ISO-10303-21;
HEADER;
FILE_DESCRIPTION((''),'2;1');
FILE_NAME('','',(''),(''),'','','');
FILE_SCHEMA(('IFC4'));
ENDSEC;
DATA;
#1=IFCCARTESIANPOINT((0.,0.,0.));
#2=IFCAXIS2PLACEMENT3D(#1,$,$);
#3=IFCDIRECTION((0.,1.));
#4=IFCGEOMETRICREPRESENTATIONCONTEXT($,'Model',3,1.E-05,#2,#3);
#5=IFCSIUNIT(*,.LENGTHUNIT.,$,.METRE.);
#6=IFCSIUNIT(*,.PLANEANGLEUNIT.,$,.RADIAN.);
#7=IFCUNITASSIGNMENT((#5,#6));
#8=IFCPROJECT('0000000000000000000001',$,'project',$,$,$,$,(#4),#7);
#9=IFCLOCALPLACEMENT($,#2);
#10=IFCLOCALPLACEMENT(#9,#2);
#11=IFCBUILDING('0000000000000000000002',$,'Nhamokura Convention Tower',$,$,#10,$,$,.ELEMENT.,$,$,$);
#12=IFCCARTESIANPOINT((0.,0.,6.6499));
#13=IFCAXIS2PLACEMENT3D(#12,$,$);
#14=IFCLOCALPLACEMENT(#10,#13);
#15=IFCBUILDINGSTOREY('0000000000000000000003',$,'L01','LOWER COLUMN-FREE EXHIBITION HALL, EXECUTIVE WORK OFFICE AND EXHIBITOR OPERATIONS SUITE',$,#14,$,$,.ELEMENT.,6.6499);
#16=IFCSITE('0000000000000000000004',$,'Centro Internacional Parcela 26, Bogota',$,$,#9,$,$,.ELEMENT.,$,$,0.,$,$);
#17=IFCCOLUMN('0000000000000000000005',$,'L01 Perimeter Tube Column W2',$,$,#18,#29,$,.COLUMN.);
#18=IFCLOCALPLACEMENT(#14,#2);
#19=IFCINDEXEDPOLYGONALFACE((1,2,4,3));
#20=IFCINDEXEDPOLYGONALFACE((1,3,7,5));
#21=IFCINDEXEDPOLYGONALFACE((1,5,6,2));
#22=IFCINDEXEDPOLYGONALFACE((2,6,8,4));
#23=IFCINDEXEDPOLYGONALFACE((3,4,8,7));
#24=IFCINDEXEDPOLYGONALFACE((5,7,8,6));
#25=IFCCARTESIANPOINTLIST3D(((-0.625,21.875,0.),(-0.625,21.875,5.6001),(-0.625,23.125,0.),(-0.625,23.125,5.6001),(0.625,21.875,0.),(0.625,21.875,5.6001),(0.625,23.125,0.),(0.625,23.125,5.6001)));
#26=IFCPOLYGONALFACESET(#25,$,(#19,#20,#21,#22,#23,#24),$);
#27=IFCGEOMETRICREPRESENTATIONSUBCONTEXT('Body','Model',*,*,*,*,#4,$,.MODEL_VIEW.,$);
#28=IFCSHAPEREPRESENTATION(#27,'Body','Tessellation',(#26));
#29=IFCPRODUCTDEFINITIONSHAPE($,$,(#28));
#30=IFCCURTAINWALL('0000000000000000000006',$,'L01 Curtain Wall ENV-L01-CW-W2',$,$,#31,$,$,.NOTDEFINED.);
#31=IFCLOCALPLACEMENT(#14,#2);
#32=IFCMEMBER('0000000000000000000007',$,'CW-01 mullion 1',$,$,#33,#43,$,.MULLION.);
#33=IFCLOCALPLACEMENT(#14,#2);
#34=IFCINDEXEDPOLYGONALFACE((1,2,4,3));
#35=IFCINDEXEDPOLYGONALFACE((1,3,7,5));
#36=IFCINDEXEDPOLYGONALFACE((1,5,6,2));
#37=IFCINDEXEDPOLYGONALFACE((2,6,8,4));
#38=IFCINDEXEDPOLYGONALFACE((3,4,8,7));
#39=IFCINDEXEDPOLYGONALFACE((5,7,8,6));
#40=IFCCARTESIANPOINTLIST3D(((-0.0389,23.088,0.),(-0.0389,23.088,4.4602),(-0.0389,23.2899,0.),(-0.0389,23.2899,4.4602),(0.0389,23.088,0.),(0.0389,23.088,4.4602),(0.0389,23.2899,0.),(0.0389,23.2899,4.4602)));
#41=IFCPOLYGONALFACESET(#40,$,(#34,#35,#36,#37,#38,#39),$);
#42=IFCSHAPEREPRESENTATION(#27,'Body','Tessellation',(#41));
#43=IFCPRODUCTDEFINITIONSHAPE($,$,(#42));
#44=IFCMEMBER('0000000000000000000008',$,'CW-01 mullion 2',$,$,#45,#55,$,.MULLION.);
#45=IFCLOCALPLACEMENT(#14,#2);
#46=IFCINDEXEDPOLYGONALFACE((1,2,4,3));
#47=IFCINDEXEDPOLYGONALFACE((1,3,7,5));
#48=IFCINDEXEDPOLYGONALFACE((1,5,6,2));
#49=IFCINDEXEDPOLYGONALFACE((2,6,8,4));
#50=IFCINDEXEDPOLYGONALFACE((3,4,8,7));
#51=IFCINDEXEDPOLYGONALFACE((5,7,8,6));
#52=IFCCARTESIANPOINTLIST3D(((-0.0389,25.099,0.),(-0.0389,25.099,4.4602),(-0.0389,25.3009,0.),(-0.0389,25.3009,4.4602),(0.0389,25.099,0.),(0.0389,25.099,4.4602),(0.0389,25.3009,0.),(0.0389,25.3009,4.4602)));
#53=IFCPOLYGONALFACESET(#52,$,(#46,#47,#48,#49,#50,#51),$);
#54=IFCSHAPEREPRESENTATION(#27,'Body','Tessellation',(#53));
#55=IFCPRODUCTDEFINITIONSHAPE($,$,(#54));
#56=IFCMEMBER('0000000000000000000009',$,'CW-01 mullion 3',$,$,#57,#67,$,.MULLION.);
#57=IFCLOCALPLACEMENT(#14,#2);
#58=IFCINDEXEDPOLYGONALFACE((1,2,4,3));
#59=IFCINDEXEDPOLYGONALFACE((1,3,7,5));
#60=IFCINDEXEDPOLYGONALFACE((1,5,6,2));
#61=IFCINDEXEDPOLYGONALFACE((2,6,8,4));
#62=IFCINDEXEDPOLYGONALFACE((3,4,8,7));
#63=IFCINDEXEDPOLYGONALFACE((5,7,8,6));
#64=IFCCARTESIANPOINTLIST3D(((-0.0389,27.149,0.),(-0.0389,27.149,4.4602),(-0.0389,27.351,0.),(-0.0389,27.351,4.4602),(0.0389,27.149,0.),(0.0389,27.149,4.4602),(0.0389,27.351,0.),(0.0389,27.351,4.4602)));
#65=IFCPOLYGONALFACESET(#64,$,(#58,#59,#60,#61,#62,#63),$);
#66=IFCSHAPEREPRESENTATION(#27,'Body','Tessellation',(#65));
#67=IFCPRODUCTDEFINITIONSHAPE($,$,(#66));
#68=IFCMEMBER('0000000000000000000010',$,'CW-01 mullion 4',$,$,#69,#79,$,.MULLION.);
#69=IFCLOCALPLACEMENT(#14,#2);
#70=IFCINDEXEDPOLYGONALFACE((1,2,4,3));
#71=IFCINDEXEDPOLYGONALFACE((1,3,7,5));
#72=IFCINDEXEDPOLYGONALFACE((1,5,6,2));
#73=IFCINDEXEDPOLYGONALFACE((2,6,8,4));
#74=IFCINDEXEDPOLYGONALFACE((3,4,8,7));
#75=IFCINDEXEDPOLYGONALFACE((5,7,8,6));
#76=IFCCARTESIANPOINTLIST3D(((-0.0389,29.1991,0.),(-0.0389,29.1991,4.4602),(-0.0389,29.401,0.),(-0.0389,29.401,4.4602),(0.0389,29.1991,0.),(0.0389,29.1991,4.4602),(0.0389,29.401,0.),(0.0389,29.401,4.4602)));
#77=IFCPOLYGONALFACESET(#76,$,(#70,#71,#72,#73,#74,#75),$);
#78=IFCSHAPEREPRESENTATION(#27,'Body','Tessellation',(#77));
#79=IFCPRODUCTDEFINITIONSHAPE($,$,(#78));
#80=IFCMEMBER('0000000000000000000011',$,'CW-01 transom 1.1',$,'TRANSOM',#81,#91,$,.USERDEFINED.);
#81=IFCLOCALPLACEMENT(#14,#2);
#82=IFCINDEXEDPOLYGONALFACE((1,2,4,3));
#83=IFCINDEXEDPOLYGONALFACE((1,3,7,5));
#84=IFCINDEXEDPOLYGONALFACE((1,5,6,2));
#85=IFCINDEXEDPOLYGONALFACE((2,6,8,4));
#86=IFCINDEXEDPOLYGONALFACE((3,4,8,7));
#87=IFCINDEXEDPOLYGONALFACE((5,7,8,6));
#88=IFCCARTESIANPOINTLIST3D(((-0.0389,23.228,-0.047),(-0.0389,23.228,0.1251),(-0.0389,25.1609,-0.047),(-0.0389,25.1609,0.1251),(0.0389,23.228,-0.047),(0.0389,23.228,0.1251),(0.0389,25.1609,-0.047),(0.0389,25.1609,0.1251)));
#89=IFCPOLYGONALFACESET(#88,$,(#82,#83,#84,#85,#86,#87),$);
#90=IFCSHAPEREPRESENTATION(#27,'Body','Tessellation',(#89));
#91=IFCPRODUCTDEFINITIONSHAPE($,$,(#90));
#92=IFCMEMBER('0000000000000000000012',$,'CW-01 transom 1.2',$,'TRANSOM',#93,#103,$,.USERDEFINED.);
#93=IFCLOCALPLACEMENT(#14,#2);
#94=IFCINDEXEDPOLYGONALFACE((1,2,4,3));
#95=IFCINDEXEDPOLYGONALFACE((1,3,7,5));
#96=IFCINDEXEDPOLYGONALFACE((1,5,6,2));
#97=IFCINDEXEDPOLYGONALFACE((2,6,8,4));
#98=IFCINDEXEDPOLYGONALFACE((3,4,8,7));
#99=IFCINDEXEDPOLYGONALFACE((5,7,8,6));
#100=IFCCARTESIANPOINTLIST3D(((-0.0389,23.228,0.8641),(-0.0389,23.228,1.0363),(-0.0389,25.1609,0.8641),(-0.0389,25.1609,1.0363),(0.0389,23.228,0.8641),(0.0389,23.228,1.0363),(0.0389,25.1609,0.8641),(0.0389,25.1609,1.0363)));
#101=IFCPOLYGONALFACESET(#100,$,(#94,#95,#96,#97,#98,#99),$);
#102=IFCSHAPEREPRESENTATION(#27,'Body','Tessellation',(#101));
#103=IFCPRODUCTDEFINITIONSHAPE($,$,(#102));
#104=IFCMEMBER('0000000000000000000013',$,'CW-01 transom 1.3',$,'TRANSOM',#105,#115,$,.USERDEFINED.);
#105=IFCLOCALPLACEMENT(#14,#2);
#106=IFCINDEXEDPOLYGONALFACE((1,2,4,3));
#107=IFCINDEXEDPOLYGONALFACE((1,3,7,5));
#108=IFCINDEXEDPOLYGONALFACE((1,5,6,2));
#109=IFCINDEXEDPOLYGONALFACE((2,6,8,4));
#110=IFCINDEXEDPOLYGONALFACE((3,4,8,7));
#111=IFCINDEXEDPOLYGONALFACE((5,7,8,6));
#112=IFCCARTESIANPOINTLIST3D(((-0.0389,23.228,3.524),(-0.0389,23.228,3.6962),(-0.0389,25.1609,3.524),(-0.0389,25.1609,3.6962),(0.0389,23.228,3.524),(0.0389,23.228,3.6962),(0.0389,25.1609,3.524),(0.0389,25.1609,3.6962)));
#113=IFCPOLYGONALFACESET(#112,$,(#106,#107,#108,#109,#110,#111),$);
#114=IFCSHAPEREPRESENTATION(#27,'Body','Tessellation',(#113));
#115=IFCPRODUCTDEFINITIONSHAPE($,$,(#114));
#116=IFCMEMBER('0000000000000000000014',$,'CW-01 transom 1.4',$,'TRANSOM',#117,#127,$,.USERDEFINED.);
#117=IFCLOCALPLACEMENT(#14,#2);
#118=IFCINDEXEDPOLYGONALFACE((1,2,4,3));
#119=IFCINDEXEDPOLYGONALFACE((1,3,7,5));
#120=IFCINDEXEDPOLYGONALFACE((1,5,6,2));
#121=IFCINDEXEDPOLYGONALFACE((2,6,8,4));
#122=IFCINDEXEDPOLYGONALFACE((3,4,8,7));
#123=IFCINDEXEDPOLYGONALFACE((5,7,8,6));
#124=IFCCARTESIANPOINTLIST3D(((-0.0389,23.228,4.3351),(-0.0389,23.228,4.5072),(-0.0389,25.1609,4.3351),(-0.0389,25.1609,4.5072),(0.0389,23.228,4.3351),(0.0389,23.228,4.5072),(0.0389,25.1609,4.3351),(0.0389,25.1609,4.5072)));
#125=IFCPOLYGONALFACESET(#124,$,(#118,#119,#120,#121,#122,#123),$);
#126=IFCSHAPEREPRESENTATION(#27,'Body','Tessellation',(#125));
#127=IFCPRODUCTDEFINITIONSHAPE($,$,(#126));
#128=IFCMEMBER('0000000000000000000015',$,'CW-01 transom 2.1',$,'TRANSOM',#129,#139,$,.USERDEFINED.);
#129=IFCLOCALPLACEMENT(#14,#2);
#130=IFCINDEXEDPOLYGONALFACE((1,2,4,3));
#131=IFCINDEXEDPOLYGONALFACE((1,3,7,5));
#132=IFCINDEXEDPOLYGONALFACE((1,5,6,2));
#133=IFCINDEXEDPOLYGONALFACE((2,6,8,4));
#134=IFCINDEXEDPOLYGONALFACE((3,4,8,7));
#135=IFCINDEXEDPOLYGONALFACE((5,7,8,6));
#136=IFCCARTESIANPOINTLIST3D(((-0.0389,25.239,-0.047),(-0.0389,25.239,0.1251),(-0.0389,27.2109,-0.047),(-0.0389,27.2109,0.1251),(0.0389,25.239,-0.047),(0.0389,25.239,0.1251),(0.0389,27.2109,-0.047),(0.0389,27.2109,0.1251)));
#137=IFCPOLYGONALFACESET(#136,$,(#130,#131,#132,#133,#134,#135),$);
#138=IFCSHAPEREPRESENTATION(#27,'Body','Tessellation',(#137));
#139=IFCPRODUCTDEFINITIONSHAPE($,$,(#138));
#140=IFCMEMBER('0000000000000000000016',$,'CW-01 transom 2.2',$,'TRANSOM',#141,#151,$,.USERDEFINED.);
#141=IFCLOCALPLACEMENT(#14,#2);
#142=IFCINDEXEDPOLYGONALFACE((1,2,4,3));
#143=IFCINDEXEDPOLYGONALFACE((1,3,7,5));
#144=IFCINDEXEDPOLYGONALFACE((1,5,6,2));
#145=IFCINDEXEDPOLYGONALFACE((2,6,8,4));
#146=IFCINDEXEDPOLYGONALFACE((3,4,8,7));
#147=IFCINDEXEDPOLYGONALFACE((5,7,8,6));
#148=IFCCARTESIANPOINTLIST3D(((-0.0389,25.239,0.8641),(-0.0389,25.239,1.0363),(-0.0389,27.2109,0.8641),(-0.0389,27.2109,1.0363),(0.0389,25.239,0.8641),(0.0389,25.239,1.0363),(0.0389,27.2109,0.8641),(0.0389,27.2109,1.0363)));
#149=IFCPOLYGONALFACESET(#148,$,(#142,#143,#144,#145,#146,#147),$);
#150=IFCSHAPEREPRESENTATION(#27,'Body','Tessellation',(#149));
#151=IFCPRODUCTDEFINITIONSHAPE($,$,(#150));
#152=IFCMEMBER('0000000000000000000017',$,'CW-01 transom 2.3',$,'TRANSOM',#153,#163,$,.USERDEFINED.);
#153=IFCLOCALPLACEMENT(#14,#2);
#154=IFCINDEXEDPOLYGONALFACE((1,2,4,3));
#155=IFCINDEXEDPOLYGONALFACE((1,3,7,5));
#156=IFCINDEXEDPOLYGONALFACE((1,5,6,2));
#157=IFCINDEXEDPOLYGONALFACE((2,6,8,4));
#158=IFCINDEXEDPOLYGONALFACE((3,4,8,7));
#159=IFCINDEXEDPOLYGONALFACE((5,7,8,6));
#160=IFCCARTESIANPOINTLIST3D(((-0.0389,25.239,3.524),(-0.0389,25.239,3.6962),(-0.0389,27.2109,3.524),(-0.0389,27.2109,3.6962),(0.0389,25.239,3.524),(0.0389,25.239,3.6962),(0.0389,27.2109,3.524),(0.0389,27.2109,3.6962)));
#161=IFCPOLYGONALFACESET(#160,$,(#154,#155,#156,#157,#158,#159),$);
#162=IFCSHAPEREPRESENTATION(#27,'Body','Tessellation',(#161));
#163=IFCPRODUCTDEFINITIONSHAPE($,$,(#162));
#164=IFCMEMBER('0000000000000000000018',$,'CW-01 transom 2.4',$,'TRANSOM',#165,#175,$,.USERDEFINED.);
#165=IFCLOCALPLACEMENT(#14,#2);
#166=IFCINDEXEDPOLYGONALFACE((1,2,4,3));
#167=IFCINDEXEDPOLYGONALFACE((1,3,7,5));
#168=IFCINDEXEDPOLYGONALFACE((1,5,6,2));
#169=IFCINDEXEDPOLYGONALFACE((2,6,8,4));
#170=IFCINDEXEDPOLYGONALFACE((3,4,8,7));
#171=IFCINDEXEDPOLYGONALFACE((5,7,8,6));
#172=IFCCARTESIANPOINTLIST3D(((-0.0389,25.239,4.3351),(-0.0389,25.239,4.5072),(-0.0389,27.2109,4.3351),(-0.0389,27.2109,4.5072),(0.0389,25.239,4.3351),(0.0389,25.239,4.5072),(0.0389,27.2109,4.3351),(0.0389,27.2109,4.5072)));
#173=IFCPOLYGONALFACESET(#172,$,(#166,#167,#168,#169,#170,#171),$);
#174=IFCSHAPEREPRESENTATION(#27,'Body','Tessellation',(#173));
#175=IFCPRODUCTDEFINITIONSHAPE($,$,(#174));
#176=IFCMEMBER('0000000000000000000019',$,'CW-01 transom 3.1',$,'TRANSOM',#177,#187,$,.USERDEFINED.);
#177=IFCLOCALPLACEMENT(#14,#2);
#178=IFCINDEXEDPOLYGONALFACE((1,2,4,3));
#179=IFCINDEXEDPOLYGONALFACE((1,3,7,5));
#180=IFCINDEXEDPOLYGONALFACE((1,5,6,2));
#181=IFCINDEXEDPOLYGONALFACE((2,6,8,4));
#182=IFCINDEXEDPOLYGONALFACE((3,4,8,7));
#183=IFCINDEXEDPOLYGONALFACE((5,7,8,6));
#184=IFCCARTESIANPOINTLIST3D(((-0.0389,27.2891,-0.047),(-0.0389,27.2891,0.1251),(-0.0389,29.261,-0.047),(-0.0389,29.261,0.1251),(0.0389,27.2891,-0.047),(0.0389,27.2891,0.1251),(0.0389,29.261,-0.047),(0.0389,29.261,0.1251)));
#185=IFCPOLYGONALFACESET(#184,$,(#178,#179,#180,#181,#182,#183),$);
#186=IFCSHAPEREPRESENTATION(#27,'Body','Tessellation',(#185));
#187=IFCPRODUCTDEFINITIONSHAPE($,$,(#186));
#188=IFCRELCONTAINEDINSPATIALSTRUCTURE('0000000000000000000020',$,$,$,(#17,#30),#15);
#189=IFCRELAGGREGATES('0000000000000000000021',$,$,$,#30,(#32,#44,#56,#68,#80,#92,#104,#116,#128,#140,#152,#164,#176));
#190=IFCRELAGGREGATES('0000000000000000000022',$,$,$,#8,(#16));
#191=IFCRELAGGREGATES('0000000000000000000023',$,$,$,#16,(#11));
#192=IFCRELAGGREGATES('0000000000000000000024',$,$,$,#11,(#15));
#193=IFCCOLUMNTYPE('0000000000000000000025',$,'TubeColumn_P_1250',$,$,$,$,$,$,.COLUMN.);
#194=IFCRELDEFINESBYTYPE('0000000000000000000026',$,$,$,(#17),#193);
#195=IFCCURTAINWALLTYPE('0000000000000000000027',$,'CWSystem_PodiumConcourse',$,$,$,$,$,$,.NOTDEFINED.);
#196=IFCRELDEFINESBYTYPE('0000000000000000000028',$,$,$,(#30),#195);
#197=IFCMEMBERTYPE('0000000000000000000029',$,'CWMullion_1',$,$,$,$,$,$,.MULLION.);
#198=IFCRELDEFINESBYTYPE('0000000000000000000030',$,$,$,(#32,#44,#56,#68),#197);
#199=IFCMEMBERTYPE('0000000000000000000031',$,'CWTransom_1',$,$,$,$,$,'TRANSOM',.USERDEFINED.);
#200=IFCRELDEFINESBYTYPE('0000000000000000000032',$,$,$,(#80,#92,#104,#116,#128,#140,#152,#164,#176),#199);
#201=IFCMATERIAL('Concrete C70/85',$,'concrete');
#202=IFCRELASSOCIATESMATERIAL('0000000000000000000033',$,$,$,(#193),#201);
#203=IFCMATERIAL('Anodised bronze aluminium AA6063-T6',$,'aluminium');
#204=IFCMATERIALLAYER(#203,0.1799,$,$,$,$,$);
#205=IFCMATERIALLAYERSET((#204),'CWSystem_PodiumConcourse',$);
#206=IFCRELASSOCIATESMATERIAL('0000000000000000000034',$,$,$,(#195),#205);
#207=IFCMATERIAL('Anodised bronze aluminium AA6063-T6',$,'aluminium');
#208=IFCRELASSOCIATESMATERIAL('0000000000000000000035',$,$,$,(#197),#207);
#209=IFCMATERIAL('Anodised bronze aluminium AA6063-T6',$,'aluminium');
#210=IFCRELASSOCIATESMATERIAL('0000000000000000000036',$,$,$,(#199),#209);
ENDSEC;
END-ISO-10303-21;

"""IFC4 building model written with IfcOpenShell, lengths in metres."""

from ifc_helpers import new_model, si_unit, direction, frame, origin, origin_2d, place, context, subcontext, project, spatial, rectangle, extrude, material, layer, layer_set, material_profile, profile_set, type_object, element, aggregate, save


model = new_model("IFC4")

# Units and contexts
model_context = context("Model", 3, precision=1e-05, world=origin(), true_north=direction((0.0, 1.0)))
body_context = subcontext(model_context, "Body", "Model", "MODEL_VIEW")
ifc_project = project(units=[si_unit("LENGTHUNIT", "METRE"), si_unit("PLANEANGLEUNIT", "RADIAN")], contexts=[model_context])

# Site, building, storey
site_placement = place(None, origin())
site = spatial("IfcSite", under=ifc_project, at=site_placement, Name="Centro Internacional Parcela 26, Bogota", CompositionType="ELEMENT", RefElevation=0.0)
building_placement = place(site_placement, origin())
building = spatial("IfcBuilding", under=site, at=building_placement, Name="Nhamokura Convention Tower", CompositionType="ELEMENT")
storey_placement = place(building_placement, frame((0.0, 0.0, 6.6499)))
storey = spatial("IfcBuildingStorey", under=building, at=storey_placement, Name="L01", Description="LOWER COLUMN-FREE EXHIBITION HALL, EXECUTIVE WORK OFFICE AND EXHIBITOR OPERATIONS SUITE", CompositionType="ELEMENT", Elevation=6.6499)

# Column
ifc_material_1 = material(Name="Concrete C70/85", Category="concrete")
ifc_material_profile_1 = material_profile(ifc_material_1, rectangle(XDim=1.25, YDim=1.25, at=origin_2d()))
ifc_profile_set_1 = profile_set([ifc_material_profile_1], Name="Concrete C70/85")
column_type = type_object("IfcColumnType", Name="TubeColumn_P_1250", PredefinedType="COLUMN", material=ifc_profile_set_1)
column_placement = place(storey_placement, frame((0.0, 22.5, 0.0), z_axis=(0.0, 0.0, 1.0), x_axis=(1.0, 0.0, 0.0)))
element("IfcColumn", 1, at=column_placement, inside=storey, type_object=column_type, Name="L01 Perimeter Tube Column W2", PredefinedType="COLUMN", context=body_context, shape_type="SweptSolid", body=[
    extrude(rectangle(XDim=1.25, YDim=1.25, at=origin_2d()), origin(), (0.0, 0.0, 1.0), 5.6001),
])

# Curtain wall, members
ifc_material_2 = material(Name="Anodised bronze aluminium AA6063-T6", Category="aluminium")
ifc_layer_1 = layer(ifc_material_2, 0.1799)
ifc_layer_set_1 = layer_set([ifc_layer_1], Name="CWSystem_PodiumConcourse")
curtain_wall_type = type_object("IfcCurtainWallType", Name="CWSystem_PodiumConcourse", PredefinedType="NOTDEFINED", material=ifc_layer_set_1)
curtain_wall_placement = place(storey_placement, origin())
curtain_wall = element("IfcCurtainWall", 2, at=curtain_wall_placement, inside=storey, type_object=curtain_wall_type, Name="L01 Curtain Wall ENV-L01-CW-W2", PredefinedType="NOTDEFINED")
ifc_material_3 = material(Name="Anodised bronze aluminium AA6063-T6", Category="aluminium")
ifc_material_profile_2 = material_profile(ifc_material_3, rectangle(XDim=0.0779, YDim=0.2019, at=origin_2d()))
ifc_profile_set_2 = profile_set([ifc_material_profile_2], Name="Anodised bronze aluminium AA6063-T6")
member_type_1 = type_object("IfcMemberType", Name="CWMullion_1", PredefinedType="MULLION", material=ifc_profile_set_2)
member_1_placement = place(storey_placement, frame((0.0, 23.189, 0.0), z_axis=(0.0, 0.0, 1.0), x_axis=(-1.0, 0.0, 0.0)))
member_1 = element("IfcMember", 3, at=member_1_placement, type_object=member_type_1, Name="CW-01 mullion 1", PredefinedType="MULLION", context=body_context, shape_type="SweptSolid", body=[
    extrude(rectangle(XDim=0.0779, YDim=0.2019, at=origin_2d()), origin(), (0.0, 0.0, 1.0), 4.4602),
])
member_2_placement = place(storey_placement, frame((0.0, 25.2, 0.0), z_axis=(0.0, 0.0, 1.0), x_axis=(-1.0, 0.0, 0.0)))
member_2 = element("IfcMember", 4, at=member_2_placement, type_object=member_type_1, Name="CW-01 mullion 2", PredefinedType="MULLION", context=body_context, shape_type="SweptSolid", body=[
    extrude(rectangle(XDim=0.0779, YDim=0.2019, at=origin_2d()), origin(), (0.0, 0.0, 1.0), 4.4602),
])
member_3_placement = place(storey_placement, frame((0.0, 27.25, 0.0), z_axis=(0.0, 0.0, 1.0), x_axis=(-1.0, 0.0, 0.0)))
member_3 = element("IfcMember", 5, at=member_3_placement, type_object=member_type_1, Name="CW-01 mullion 3", PredefinedType="MULLION", context=body_context, shape_type="SweptSolid", body=[
    extrude(rectangle(XDim=0.0779, YDim=0.2019, at=origin_2d()), origin(), (0.0, 0.0, 1.0), 4.4602),
])
member_4_placement = place(storey_placement, frame((0.0, 29.3, 0.0), z_axis=(0.0, 0.0, 1.0), x_axis=(-1.0, 0.0, 0.0)))
member_4 = element("IfcMember", 6, at=member_4_placement, type_object=member_type_1, Name="CW-01 mullion 4", PredefinedType="MULLION", context=body_context, shape_type="SweptSolid", body=[
    extrude(rectangle(XDim=0.0779, YDim=0.2019, at=origin_2d()), origin(), (0.0, 0.0, 1.0), 4.4602),
])
ifc_material_4 = material(Name="Anodised bronze aluminium AA6063-T6", Category="aluminium")
ifc_material_profile_3 = material_profile(ifc_material_4, rectangle(XDim=0.0779, YDim=0.1721, at=origin_2d()))
ifc_profile_set_3 = profile_set([ifc_material_profile_3], Name="Anodised bronze aluminium AA6063-T6")
member_type_2 = type_object("IfcMemberType", Name="CWTransom_1", ElementType="TRANSOM", PredefinedType="USERDEFINED", material=ifc_profile_set_3)
member_5_placement = place(storey_placement, frame((0.0, 23.228, 0.0391), z_axis=(0.0, 1.0, 0.0), x_axis=(-1.0, 0.0, 0.0)))
member_5 = element("IfcMember", 7, at=member_5_placement, type_object=member_type_2, Name="CW-01 transom 1.1", ObjectType="TRANSOM", PredefinedType="USERDEFINED", context=body_context, shape_type="SweptSolid", body=[
    extrude(rectangle(XDim=0.0779, YDim=0.1721, at=origin_2d()), origin(), (0.0, 0.0, 1.0), 1.9329),
])
member_6_placement = place(storey_placement, frame((0.0, 23.228, 0.9502), z_axis=(0.0, 1.0, 0.0), x_axis=(-1.0, 0.0, 0.0)))
member_6 = element("IfcMember", 8, at=member_6_placement, type_object=member_type_2, Name="CW-01 transom 1.2", ObjectType="TRANSOM", PredefinedType="USERDEFINED", context=body_context, shape_type="SweptSolid", body=[
    extrude(rectangle(XDim=0.0779, YDim=0.1721, at=origin_2d()), origin(), (0.0, 0.0, 1.0), 1.9329),
])
member_7_placement = place(storey_placement, frame((0.0, 23.228, 3.6101), z_axis=(0.0, 1.0, 0.0), x_axis=(-1.0, 0.0, 0.0)))
member_7 = element("IfcMember", 9, at=member_7_placement, type_object=member_type_2, Name="CW-01 transom 1.3", ObjectType="TRANSOM", PredefinedType="USERDEFINED", context=body_context, shape_type="SweptSolid", body=[
    extrude(rectangle(XDim=0.0779, YDim=0.1721, at=origin_2d()), origin(), (0.0, 0.0, 1.0), 1.9329),
])
member_8_placement = place(storey_placement, frame((0.0, 23.228, 4.4211), z_axis=(0.0, 1.0, 0.0), x_axis=(-1.0, 0.0, 0.0)))
member_8 = element("IfcMember", 10, at=member_8_placement, type_object=member_type_2, Name="CW-01 transom 1.4", ObjectType="TRANSOM", PredefinedType="USERDEFINED", context=body_context, shape_type="SweptSolid", body=[
    extrude(rectangle(XDim=0.0779, YDim=0.1721, at=origin_2d()), origin(), (0.0, 0.0, 1.0), 1.9329),
])
member_9_placement = place(storey_placement, frame((0.0, 25.239, 0.0391), z_axis=(0.0, 1.0, 0.0), x_axis=(-1.0, 0.0, 0.0)))
member_9 = element("IfcMember", 11, at=member_9_placement, type_object=member_type_2, Name="CW-01 transom 2.1", ObjectType="TRANSOM", PredefinedType="USERDEFINED", context=body_context, shape_type="SweptSolid", body=[
    extrude(rectangle(XDim=0.0779, YDim=0.1721, at=origin_2d()), origin(), (0.0, 0.0, 1.0), 1.9719),
])
member_10_placement = place(storey_placement, frame((0.0, 25.239, 0.9502), z_axis=(0.0, 1.0, 0.0), x_axis=(-1.0, 0.0, 0.0)))
member_10 = element("IfcMember", 12, at=member_10_placement, type_object=member_type_2, Name="CW-01 transom 2.2", ObjectType="TRANSOM", PredefinedType="USERDEFINED", context=body_context, shape_type="SweptSolid", body=[
    extrude(rectangle(XDim=0.0779, YDim=0.1721, at=origin_2d()), origin(), (0.0, 0.0, 1.0), 1.9719),
])
member_11_placement = place(storey_placement, frame((0.0, 25.239, 3.6101), z_axis=(0.0, 1.0, 0.0), x_axis=(-1.0, 0.0, 0.0)))
member_11 = element("IfcMember", 13, at=member_11_placement, type_object=member_type_2, Name="CW-01 transom 2.3", ObjectType="TRANSOM", PredefinedType="USERDEFINED", context=body_context, shape_type="SweptSolid", body=[
    extrude(rectangle(XDim=0.0779, YDim=0.1721, at=origin_2d()), origin(), (0.0, 0.0, 1.0), 1.9719),
])
member_12_placement = place(storey_placement, frame((0.0, 25.239, 4.4211), z_axis=(0.0, 1.0, 0.0), x_axis=(-1.0, 0.0, 0.0)))
member_12 = element("IfcMember", 14, at=member_12_placement, type_object=member_type_2, Name="CW-01 transom 2.4", ObjectType="TRANSOM", PredefinedType="USERDEFINED", context=body_context, shape_type="SweptSolid", body=[
    extrude(rectangle(XDim=0.0779, YDim=0.1721, at=origin_2d()), origin(), (0.0, 0.0, 1.0), 1.9719),
])
member_13_placement = place(storey_placement, frame((0.0, 27.2891, 0.0391), z_axis=(0.0, 1.0, 0.0), x_axis=(-1.0, 0.0, 0.0)))
member_13 = element("IfcMember", 15, at=member_13_placement, type_object=member_type_2, Name="CW-01 transom 3.1", ObjectType="TRANSOM", PredefinedType="USERDEFINED", context=body_context, shape_type="SweptSolid", body=[
    extrude(rectangle(XDim=0.0779, YDim=0.1721, at=origin_2d()), origin(), (0.0, 0.0, 1.0), 1.9719),
])

aggregate(curtain_wall, [member_1, member_2, member_3, member_4, member_5, member_6, member_7, member_8, member_9, member_10, member_11, member_12, member_13])

save(model, "model.ifc")
